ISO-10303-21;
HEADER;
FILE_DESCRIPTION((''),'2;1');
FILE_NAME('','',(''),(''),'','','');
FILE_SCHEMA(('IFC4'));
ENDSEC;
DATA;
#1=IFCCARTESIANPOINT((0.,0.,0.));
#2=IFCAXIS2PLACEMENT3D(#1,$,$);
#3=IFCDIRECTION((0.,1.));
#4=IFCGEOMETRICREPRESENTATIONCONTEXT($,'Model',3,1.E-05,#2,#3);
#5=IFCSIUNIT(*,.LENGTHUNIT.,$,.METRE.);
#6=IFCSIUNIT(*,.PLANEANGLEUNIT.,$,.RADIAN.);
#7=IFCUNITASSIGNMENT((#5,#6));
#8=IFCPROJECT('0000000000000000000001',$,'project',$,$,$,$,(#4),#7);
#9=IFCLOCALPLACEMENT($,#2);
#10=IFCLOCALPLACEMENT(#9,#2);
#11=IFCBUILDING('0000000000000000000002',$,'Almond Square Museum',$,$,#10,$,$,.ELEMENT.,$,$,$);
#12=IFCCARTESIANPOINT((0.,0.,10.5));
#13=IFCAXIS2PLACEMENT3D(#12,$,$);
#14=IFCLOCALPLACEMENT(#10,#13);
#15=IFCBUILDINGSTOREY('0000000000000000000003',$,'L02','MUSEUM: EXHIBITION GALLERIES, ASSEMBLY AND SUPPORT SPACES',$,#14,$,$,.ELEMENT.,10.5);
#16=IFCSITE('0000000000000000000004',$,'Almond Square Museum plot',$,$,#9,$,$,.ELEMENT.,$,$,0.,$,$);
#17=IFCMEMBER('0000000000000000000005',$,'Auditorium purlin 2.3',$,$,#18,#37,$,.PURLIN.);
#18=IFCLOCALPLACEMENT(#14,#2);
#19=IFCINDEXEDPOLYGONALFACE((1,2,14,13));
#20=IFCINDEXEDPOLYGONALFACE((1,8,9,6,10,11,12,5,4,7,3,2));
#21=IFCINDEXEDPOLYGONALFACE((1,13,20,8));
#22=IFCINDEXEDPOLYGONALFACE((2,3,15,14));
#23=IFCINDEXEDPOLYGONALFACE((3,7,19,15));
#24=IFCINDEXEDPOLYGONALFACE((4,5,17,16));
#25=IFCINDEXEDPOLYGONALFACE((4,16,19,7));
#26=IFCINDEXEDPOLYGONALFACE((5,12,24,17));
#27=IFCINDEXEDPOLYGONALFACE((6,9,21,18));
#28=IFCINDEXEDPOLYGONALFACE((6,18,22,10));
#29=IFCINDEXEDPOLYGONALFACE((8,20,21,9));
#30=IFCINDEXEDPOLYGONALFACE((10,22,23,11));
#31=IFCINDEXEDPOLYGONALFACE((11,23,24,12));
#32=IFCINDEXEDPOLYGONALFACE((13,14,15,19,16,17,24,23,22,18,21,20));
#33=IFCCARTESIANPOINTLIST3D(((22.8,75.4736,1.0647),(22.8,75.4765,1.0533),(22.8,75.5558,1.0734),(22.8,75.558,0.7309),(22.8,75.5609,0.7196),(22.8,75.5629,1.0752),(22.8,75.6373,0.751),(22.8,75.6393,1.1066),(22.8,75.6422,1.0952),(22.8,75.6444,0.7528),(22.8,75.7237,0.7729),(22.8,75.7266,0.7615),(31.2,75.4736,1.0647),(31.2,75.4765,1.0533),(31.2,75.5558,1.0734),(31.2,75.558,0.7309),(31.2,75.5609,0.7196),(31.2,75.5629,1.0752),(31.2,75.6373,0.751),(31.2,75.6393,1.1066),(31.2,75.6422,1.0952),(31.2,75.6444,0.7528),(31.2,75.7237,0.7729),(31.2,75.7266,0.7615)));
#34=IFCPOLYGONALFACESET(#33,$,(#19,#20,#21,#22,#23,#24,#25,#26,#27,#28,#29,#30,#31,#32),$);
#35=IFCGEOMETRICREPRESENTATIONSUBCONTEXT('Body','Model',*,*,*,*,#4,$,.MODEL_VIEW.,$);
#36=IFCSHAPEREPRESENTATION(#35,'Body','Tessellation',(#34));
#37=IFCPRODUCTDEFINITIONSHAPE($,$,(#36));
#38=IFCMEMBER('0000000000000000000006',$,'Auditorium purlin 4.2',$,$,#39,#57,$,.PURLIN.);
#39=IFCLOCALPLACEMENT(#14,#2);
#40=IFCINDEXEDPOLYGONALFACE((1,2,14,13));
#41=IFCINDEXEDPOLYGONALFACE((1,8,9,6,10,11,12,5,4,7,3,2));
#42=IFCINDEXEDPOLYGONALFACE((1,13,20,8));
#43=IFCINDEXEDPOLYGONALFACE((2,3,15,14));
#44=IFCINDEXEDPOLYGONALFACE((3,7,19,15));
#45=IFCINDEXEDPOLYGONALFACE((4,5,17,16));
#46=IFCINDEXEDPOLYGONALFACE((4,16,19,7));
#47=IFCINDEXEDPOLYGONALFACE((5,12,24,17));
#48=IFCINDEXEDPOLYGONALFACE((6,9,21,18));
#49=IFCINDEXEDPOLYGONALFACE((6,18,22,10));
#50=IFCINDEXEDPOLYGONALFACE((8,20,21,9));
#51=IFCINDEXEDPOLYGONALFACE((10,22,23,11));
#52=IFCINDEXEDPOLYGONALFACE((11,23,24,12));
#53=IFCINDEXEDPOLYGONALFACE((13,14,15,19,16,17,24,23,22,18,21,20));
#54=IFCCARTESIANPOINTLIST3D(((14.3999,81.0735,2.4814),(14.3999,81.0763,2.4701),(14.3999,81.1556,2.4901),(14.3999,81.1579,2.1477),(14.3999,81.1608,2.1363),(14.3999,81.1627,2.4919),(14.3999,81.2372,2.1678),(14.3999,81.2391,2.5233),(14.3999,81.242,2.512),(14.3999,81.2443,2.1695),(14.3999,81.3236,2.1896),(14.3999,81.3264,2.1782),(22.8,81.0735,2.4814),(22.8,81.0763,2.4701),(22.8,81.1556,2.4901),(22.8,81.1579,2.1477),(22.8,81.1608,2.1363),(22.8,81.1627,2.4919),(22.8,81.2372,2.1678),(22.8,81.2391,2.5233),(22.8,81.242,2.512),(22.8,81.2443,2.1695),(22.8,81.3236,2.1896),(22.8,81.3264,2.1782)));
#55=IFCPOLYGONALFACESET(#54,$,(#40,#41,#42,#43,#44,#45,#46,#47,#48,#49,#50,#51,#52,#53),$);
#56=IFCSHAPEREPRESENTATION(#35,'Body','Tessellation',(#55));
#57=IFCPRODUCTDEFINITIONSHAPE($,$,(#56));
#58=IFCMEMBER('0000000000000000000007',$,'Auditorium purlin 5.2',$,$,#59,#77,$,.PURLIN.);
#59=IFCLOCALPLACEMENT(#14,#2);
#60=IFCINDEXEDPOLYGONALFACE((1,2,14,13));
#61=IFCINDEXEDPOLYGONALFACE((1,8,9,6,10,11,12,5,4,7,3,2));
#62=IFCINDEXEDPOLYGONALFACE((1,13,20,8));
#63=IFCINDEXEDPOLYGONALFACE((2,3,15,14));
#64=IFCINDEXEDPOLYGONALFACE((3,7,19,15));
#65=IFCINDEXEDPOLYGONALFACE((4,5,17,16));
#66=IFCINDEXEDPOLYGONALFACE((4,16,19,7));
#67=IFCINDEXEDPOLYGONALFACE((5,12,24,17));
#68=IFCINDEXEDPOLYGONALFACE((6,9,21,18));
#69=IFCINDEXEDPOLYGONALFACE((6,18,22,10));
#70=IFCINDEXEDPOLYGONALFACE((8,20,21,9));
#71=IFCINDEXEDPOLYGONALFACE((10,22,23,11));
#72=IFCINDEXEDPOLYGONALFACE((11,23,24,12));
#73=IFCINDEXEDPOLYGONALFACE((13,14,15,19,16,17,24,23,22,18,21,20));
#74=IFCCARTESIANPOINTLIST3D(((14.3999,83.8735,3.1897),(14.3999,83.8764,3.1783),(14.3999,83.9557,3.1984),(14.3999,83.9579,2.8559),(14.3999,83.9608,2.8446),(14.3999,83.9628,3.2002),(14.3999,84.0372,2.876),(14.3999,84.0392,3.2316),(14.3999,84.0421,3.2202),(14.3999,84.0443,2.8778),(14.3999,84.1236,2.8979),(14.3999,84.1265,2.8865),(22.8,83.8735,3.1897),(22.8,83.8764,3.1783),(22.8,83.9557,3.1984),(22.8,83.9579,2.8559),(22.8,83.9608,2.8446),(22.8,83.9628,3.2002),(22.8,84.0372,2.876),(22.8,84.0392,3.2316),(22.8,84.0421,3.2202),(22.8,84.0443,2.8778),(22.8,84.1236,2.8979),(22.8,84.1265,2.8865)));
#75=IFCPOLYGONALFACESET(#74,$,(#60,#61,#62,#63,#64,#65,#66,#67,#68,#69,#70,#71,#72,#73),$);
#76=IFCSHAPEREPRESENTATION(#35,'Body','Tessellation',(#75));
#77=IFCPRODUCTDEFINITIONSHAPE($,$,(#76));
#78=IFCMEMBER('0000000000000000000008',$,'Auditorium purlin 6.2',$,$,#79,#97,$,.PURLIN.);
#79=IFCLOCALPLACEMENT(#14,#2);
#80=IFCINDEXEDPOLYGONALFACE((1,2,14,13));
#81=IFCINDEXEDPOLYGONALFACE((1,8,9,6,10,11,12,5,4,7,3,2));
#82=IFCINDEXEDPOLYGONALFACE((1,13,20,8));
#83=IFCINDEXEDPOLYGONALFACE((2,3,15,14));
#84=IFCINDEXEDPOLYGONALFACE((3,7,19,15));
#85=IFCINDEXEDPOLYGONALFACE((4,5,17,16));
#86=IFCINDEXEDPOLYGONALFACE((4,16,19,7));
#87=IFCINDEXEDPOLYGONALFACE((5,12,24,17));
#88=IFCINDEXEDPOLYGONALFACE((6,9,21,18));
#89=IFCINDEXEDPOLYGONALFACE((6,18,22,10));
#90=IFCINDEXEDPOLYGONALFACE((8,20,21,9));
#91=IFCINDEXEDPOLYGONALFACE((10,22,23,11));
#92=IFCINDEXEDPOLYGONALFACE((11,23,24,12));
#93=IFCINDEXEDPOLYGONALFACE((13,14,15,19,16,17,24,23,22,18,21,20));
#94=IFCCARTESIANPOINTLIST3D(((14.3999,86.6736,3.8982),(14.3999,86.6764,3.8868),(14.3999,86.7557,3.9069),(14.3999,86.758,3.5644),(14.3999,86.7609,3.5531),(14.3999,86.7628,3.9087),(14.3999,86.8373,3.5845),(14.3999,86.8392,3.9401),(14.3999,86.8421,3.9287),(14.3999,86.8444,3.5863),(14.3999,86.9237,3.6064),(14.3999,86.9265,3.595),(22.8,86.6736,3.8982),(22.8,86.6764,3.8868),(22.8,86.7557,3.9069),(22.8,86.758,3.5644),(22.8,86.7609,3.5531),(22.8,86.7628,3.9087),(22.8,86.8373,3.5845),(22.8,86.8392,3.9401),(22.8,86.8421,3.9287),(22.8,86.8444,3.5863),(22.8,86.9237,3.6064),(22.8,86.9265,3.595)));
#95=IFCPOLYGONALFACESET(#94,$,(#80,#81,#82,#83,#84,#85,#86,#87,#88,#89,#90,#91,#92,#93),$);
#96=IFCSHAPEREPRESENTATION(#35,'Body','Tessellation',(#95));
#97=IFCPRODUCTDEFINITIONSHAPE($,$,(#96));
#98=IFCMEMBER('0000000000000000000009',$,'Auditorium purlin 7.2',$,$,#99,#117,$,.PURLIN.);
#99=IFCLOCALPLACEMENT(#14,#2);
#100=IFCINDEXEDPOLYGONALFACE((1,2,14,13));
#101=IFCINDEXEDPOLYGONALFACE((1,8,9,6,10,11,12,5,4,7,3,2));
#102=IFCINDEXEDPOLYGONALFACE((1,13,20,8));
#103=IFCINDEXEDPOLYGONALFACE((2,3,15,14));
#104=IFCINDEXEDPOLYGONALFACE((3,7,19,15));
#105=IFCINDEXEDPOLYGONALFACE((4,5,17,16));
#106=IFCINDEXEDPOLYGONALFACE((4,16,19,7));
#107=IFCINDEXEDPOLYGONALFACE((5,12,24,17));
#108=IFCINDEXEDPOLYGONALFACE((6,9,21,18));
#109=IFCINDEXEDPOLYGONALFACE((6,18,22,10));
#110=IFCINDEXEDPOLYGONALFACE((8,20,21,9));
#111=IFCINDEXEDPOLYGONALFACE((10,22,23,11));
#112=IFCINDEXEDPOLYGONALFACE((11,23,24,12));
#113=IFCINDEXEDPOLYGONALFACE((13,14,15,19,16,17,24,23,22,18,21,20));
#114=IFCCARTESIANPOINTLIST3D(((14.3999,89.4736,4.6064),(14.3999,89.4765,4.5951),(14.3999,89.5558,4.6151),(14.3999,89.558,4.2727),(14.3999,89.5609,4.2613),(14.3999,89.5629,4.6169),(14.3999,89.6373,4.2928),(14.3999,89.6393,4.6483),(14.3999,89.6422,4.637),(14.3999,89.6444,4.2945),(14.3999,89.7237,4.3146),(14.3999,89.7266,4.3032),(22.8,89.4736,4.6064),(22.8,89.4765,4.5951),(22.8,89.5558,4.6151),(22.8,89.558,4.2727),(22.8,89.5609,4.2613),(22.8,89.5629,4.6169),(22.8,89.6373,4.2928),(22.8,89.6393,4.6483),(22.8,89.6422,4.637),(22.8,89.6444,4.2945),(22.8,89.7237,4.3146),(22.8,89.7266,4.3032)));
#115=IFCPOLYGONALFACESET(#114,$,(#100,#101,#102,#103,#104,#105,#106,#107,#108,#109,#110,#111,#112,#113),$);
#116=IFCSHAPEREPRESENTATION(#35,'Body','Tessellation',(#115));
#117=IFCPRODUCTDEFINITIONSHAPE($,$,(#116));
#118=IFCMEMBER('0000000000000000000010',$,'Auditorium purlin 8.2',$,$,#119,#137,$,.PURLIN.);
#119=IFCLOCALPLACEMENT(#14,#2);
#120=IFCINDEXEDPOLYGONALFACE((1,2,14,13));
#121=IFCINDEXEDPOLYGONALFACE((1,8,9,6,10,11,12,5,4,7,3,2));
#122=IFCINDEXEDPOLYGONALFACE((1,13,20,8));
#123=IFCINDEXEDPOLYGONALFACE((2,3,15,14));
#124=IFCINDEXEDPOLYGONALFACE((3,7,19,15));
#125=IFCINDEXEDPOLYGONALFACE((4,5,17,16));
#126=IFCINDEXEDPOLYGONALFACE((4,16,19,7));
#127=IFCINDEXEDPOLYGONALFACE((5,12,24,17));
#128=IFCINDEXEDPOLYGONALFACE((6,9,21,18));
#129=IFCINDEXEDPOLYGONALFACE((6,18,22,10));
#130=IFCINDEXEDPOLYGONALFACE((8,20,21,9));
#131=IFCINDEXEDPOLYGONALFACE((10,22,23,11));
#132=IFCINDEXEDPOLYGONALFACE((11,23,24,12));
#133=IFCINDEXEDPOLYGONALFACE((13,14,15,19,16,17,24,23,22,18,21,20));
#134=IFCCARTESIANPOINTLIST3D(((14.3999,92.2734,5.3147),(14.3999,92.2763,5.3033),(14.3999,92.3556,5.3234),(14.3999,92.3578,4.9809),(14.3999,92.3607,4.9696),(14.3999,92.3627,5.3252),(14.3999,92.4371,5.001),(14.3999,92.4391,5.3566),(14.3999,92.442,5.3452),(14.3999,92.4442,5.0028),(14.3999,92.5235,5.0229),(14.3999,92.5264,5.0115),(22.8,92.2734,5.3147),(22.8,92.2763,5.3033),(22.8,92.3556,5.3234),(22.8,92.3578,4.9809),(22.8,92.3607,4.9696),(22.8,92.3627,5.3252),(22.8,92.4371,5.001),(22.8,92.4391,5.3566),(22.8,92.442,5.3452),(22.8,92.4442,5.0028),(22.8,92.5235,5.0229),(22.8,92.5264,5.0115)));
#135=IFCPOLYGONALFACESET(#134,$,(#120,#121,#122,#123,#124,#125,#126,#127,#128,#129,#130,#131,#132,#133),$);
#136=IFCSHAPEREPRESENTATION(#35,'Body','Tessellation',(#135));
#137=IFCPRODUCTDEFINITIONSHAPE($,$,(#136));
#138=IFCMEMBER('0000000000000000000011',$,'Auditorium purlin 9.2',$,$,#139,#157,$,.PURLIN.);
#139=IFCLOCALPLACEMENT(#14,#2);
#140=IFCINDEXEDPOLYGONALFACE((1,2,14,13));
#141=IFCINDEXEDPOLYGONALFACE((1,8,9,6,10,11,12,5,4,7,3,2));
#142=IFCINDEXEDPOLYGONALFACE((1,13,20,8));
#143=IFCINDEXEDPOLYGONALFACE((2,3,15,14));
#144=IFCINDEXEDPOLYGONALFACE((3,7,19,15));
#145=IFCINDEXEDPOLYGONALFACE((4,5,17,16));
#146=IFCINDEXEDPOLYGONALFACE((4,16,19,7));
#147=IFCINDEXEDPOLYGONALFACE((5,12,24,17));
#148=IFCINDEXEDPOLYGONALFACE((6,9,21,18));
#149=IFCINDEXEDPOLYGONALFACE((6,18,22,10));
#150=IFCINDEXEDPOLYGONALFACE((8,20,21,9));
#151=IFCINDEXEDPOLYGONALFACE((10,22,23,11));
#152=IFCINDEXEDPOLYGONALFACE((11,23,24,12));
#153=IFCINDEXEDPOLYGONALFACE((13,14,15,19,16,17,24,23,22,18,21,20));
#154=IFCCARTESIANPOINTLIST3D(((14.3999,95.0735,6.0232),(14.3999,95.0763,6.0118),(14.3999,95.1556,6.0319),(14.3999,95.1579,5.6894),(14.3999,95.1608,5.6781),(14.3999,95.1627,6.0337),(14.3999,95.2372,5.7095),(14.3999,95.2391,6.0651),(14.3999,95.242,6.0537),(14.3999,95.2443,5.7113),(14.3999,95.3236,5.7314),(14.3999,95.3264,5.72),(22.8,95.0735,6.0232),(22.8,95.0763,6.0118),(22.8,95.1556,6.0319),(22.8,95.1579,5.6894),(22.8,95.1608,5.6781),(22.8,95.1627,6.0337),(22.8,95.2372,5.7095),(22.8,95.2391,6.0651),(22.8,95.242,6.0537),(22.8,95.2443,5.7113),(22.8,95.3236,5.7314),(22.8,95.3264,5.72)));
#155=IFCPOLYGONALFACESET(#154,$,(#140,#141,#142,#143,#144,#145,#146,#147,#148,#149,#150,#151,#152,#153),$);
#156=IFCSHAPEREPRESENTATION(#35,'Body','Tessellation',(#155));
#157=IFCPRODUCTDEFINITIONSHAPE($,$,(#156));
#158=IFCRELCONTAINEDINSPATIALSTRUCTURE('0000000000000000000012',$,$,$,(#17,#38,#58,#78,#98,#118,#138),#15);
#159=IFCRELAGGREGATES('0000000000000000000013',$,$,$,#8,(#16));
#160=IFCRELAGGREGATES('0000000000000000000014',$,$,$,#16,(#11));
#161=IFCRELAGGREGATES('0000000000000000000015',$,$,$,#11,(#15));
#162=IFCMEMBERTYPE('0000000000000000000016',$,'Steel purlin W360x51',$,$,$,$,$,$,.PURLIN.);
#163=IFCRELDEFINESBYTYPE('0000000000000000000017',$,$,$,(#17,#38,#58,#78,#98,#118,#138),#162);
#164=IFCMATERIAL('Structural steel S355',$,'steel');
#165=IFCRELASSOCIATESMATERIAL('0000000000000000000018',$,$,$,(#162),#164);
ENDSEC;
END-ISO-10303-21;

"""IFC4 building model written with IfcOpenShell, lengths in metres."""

from ifc_helpers import new_model, si_unit, direction, frame, origin, origin_2d, place, context, subcontext, project, spatial, i_section, extrude, material, material_profile, profile_set, type_object, element, save


model = new_model("IFC4")

# Units and contexts
model_context = context("Model", 3, precision=1e-05, world=origin(), true_north=direction((0.0, 1.0)))
body_context = subcontext(model_context, "Body", "Model", "MODEL_VIEW")
ifc_project = project(units=[si_unit("LENGTHUNIT", "METRE"), si_unit("PLANEANGLEUNIT", "RADIAN")], contexts=[model_context])

# Site, building, storey
site_placement = place(None, origin())
site = spatial("IfcSite", under=ifc_project, at=site_placement, Name="Almond Square Museum plot", CompositionType="ELEMENT", RefElevation=0.0)
building_placement = place(site_placement, origin())
building = spatial("IfcBuilding", under=site, at=building_placement, Name="Almond Square Museum", CompositionType="ELEMENT")
storey_placement = place(building_placement, frame((0.0, 0.0, 10.5)))
storey = spatial("IfcBuildingStorey", under=building, at=storey_placement, Name="L02", Description="MUSEUM: EXHIBITION GALLERIES, ASSEMBLY AND SUPPORT SPACES", CompositionType="ELEMENT", Elevation=10.5)

# Members
ifc_material_1 = material(Name="Structural steel S355", Category="steel")
ifc_material_profile_1 = material_profile(ifc_material_1, i_section(OverallWidth=0.1709, OverallDepth=0.356, WebThickness=0.0073, FlangeThickness=0.0117, at=origin_2d()))
ifc_profile_set_1 = profile_set([ifc_material_profile_1], Name="Structural steel S355")
member_type_1 = type_object("IfcMemberType", Name="Steel purlin W360x51", PredefinedType="PURLIN", material=ifc_profile_set_1)
member_1_placement = place(storey_placement, frame((22.8, 75.6001, 0.9131), z_axis=(1.0, 0.0, 0.0), x_axis=(0.0, 0.96946, 0.24525)))
element("IfcMember", 1, at=member_1_placement, inside=storey, type_object=member_type_1, Name="Auditorium purlin 2.3", PredefinedType="PURLIN", context=body_context, shape_type="SweptSolid", body=[
    extrude(i_section(OverallWidth=0.1709, OverallDepth=0.356, WebThickness=0.0073, FlangeThickness=0.0117, at=origin_2d()), origin(), (0.0, 0.0, 1.0), 8.3999),
])
for number, where, z_axis, x_axis, name in (
    (2, (14.3999, 81.2, 2.3298), (1.0, 0.0, 0.0), (0.0, 0.96946, 0.24525), "Auditorium purlin 4.2"),
    (3, (14.3999, 84.0, 3.0381), (1.0, 0.0, 0.0), (0.0, 0.96946, 0.24525), "Auditorium purlin 5.2"),
    (4, (14.3999, 86.8, 3.7466), (1.0, 0.0, 0.0), (0.0, 0.96946, 0.24525), "Auditorium purlin 6.2"),
    (5, (14.3999, 89.6001, 4.4548), (1.0, 0.0, 0.0), (0.0, 0.96946, 0.24525), "Auditorium purlin 7.2"),
    (6, (14.3999, 92.3999, 5.1631), (1.0, 0.0, 0.0), (0.0, 0.96946, 0.24525), "Auditorium purlin 8.2"),
    (7, (14.3999, 95.2, 5.8716), (1.0, 0.0, 0.0), (0.0, 0.96946, 0.24525), "Auditorium purlin 9.2"),
):
    element("IfcMember", number, at=place(storey_placement, frame(where, z_axis=z_axis, x_axis=x_axis)), inside=storey, type_object=member_type_1, Name=name, PredefinedType="PURLIN", context=body_context, shape_type="SweptSolid", body=[
        extrude(i_section(OverallWidth=0.1709, OverallDepth=0.356, WebThickness=0.0073, FlangeThickness=0.0117, at=origin_2d()), origin(), (0.0, 0.0, 1.0), 8.4001),
    ])

save(model, "model.ifc")
